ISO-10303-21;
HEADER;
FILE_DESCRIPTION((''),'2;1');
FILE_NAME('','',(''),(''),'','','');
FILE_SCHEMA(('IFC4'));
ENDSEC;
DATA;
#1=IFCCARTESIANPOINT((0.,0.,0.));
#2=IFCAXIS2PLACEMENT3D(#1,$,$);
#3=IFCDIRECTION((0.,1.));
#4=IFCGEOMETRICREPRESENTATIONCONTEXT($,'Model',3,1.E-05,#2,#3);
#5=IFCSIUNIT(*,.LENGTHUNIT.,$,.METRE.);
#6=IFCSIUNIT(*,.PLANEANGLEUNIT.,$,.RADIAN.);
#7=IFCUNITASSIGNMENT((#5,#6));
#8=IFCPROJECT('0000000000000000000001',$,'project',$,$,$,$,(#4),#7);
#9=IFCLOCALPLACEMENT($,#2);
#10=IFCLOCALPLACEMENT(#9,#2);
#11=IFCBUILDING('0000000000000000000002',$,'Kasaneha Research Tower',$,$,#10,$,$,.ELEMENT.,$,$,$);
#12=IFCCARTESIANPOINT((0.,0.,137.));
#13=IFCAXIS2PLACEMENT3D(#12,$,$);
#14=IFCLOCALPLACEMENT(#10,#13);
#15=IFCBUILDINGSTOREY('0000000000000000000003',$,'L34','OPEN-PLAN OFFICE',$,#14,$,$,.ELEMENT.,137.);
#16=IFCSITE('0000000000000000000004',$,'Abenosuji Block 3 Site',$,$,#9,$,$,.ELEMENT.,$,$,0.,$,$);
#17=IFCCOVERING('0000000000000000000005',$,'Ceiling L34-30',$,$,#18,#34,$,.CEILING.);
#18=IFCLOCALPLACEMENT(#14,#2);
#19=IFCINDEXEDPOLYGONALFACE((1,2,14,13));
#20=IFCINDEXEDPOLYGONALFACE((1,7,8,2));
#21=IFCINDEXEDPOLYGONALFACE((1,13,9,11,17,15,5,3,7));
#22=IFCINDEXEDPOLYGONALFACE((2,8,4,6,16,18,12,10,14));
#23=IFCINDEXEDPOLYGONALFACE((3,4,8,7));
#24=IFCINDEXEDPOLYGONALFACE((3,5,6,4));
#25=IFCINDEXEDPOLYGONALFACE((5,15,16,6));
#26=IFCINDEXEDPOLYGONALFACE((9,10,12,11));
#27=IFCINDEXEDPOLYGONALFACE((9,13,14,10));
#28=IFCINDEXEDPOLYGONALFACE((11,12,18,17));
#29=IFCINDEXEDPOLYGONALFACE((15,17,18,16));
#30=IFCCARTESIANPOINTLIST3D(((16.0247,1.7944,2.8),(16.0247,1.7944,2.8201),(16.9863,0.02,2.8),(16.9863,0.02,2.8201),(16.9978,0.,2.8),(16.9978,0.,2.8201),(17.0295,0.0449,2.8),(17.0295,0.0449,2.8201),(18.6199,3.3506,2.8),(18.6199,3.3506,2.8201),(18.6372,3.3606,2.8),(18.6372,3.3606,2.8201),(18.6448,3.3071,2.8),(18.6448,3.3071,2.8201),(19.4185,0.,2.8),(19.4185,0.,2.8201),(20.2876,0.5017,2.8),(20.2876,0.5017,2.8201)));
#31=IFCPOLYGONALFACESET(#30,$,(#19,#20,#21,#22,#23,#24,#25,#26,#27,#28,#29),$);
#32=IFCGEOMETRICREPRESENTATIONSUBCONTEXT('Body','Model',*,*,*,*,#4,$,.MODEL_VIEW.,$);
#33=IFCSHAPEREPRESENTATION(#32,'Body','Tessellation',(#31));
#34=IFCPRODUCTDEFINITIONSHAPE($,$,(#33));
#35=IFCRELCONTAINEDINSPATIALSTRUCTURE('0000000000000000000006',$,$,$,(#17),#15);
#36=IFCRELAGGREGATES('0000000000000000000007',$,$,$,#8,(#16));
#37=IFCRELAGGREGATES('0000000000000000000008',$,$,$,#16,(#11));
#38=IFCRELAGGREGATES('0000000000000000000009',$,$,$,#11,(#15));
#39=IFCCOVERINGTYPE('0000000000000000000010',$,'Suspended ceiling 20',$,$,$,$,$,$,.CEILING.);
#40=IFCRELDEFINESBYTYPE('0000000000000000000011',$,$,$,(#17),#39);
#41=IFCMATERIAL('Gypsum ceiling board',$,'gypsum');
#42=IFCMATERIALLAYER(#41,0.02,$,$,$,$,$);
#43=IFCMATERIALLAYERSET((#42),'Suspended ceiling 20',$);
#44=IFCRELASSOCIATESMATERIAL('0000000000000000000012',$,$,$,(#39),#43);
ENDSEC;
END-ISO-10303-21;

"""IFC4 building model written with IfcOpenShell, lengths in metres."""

from ifc_helpers import new_model, si_unit, direction, frame, origin, place, context, subcontext, project, spatial, polyline, outline, extrude, material, layer, layer_set, type_object, element, save


model = new_model("IFC4")

# Units and contexts
model_context = context("Model", 3, precision=1e-05, world=origin(), true_north=direction((0.0, 1.0)))
body_context = subcontext(model_context, "Body", "Model", "MODEL_VIEW")
ifc_project = project(units=[si_unit("LENGTHUNIT", "METRE"), si_unit("PLANEANGLEUNIT", "RADIAN")], contexts=[model_context])

# Site, building, storey
site_placement = place(None, origin())
site = spatial("IfcSite", under=ifc_project, at=site_placement, Name="Abenosuji Block 3 Site", CompositionType="ELEMENT", RefElevation=0.0)
building_placement = place(site_placement, origin())
building = spatial("IfcBuilding", under=site, at=building_placement, Name="Kasaneha Research Tower", CompositionType="ELEMENT")
storey_placement = place(building_placement, frame((0.0, 0.0, 137.0)))
storey = spatial("IfcBuildingStorey", under=building, at=storey_placement, Name="L34", Description="OPEN-PLAN OFFICE", CompositionType="ELEMENT", Elevation=137.0)

# Covering
ifc_material_1 = material(Name="Gypsum ceiling board", Category="gypsum")
ifc_layer_1 = layer(ifc_material_1, 0.02)
ifc_layer_set_1 = layer_set([ifc_layer_1], Name="Suspended ceiling 20")
covering_type_1 = type_object("IfcCoveringType", Name="Suspended ceiling 20", PredefinedType="CEILING", material=ifc_layer_set_1)
covering_1_placement = place(storey_placement, frame((0.0, 0.0, 2.8)))
element("IfcCovering", 1, at=covering_1_placement, inside=storey, type_object=covering_type_1, Name="Ceiling L34-30", PredefinedType="CEILING", context=body_context, shape_type="SweptSolid", body=[
    extrude(outline(polyline([(16.9978, 0.0), (16.9863, 0.02), (17.0295, 0.0449), (16.0247, 1.7944), (18.6448, 3.3071), (18.6199, 3.3506), (18.6372, 3.3606), (20.2876, 0.5017), (19.4185, 0.0), (16.9978, 0.0)])), origin(), (0.0, 0.0, 1.0), 0.02),
])

save(model, "model.ifc")
